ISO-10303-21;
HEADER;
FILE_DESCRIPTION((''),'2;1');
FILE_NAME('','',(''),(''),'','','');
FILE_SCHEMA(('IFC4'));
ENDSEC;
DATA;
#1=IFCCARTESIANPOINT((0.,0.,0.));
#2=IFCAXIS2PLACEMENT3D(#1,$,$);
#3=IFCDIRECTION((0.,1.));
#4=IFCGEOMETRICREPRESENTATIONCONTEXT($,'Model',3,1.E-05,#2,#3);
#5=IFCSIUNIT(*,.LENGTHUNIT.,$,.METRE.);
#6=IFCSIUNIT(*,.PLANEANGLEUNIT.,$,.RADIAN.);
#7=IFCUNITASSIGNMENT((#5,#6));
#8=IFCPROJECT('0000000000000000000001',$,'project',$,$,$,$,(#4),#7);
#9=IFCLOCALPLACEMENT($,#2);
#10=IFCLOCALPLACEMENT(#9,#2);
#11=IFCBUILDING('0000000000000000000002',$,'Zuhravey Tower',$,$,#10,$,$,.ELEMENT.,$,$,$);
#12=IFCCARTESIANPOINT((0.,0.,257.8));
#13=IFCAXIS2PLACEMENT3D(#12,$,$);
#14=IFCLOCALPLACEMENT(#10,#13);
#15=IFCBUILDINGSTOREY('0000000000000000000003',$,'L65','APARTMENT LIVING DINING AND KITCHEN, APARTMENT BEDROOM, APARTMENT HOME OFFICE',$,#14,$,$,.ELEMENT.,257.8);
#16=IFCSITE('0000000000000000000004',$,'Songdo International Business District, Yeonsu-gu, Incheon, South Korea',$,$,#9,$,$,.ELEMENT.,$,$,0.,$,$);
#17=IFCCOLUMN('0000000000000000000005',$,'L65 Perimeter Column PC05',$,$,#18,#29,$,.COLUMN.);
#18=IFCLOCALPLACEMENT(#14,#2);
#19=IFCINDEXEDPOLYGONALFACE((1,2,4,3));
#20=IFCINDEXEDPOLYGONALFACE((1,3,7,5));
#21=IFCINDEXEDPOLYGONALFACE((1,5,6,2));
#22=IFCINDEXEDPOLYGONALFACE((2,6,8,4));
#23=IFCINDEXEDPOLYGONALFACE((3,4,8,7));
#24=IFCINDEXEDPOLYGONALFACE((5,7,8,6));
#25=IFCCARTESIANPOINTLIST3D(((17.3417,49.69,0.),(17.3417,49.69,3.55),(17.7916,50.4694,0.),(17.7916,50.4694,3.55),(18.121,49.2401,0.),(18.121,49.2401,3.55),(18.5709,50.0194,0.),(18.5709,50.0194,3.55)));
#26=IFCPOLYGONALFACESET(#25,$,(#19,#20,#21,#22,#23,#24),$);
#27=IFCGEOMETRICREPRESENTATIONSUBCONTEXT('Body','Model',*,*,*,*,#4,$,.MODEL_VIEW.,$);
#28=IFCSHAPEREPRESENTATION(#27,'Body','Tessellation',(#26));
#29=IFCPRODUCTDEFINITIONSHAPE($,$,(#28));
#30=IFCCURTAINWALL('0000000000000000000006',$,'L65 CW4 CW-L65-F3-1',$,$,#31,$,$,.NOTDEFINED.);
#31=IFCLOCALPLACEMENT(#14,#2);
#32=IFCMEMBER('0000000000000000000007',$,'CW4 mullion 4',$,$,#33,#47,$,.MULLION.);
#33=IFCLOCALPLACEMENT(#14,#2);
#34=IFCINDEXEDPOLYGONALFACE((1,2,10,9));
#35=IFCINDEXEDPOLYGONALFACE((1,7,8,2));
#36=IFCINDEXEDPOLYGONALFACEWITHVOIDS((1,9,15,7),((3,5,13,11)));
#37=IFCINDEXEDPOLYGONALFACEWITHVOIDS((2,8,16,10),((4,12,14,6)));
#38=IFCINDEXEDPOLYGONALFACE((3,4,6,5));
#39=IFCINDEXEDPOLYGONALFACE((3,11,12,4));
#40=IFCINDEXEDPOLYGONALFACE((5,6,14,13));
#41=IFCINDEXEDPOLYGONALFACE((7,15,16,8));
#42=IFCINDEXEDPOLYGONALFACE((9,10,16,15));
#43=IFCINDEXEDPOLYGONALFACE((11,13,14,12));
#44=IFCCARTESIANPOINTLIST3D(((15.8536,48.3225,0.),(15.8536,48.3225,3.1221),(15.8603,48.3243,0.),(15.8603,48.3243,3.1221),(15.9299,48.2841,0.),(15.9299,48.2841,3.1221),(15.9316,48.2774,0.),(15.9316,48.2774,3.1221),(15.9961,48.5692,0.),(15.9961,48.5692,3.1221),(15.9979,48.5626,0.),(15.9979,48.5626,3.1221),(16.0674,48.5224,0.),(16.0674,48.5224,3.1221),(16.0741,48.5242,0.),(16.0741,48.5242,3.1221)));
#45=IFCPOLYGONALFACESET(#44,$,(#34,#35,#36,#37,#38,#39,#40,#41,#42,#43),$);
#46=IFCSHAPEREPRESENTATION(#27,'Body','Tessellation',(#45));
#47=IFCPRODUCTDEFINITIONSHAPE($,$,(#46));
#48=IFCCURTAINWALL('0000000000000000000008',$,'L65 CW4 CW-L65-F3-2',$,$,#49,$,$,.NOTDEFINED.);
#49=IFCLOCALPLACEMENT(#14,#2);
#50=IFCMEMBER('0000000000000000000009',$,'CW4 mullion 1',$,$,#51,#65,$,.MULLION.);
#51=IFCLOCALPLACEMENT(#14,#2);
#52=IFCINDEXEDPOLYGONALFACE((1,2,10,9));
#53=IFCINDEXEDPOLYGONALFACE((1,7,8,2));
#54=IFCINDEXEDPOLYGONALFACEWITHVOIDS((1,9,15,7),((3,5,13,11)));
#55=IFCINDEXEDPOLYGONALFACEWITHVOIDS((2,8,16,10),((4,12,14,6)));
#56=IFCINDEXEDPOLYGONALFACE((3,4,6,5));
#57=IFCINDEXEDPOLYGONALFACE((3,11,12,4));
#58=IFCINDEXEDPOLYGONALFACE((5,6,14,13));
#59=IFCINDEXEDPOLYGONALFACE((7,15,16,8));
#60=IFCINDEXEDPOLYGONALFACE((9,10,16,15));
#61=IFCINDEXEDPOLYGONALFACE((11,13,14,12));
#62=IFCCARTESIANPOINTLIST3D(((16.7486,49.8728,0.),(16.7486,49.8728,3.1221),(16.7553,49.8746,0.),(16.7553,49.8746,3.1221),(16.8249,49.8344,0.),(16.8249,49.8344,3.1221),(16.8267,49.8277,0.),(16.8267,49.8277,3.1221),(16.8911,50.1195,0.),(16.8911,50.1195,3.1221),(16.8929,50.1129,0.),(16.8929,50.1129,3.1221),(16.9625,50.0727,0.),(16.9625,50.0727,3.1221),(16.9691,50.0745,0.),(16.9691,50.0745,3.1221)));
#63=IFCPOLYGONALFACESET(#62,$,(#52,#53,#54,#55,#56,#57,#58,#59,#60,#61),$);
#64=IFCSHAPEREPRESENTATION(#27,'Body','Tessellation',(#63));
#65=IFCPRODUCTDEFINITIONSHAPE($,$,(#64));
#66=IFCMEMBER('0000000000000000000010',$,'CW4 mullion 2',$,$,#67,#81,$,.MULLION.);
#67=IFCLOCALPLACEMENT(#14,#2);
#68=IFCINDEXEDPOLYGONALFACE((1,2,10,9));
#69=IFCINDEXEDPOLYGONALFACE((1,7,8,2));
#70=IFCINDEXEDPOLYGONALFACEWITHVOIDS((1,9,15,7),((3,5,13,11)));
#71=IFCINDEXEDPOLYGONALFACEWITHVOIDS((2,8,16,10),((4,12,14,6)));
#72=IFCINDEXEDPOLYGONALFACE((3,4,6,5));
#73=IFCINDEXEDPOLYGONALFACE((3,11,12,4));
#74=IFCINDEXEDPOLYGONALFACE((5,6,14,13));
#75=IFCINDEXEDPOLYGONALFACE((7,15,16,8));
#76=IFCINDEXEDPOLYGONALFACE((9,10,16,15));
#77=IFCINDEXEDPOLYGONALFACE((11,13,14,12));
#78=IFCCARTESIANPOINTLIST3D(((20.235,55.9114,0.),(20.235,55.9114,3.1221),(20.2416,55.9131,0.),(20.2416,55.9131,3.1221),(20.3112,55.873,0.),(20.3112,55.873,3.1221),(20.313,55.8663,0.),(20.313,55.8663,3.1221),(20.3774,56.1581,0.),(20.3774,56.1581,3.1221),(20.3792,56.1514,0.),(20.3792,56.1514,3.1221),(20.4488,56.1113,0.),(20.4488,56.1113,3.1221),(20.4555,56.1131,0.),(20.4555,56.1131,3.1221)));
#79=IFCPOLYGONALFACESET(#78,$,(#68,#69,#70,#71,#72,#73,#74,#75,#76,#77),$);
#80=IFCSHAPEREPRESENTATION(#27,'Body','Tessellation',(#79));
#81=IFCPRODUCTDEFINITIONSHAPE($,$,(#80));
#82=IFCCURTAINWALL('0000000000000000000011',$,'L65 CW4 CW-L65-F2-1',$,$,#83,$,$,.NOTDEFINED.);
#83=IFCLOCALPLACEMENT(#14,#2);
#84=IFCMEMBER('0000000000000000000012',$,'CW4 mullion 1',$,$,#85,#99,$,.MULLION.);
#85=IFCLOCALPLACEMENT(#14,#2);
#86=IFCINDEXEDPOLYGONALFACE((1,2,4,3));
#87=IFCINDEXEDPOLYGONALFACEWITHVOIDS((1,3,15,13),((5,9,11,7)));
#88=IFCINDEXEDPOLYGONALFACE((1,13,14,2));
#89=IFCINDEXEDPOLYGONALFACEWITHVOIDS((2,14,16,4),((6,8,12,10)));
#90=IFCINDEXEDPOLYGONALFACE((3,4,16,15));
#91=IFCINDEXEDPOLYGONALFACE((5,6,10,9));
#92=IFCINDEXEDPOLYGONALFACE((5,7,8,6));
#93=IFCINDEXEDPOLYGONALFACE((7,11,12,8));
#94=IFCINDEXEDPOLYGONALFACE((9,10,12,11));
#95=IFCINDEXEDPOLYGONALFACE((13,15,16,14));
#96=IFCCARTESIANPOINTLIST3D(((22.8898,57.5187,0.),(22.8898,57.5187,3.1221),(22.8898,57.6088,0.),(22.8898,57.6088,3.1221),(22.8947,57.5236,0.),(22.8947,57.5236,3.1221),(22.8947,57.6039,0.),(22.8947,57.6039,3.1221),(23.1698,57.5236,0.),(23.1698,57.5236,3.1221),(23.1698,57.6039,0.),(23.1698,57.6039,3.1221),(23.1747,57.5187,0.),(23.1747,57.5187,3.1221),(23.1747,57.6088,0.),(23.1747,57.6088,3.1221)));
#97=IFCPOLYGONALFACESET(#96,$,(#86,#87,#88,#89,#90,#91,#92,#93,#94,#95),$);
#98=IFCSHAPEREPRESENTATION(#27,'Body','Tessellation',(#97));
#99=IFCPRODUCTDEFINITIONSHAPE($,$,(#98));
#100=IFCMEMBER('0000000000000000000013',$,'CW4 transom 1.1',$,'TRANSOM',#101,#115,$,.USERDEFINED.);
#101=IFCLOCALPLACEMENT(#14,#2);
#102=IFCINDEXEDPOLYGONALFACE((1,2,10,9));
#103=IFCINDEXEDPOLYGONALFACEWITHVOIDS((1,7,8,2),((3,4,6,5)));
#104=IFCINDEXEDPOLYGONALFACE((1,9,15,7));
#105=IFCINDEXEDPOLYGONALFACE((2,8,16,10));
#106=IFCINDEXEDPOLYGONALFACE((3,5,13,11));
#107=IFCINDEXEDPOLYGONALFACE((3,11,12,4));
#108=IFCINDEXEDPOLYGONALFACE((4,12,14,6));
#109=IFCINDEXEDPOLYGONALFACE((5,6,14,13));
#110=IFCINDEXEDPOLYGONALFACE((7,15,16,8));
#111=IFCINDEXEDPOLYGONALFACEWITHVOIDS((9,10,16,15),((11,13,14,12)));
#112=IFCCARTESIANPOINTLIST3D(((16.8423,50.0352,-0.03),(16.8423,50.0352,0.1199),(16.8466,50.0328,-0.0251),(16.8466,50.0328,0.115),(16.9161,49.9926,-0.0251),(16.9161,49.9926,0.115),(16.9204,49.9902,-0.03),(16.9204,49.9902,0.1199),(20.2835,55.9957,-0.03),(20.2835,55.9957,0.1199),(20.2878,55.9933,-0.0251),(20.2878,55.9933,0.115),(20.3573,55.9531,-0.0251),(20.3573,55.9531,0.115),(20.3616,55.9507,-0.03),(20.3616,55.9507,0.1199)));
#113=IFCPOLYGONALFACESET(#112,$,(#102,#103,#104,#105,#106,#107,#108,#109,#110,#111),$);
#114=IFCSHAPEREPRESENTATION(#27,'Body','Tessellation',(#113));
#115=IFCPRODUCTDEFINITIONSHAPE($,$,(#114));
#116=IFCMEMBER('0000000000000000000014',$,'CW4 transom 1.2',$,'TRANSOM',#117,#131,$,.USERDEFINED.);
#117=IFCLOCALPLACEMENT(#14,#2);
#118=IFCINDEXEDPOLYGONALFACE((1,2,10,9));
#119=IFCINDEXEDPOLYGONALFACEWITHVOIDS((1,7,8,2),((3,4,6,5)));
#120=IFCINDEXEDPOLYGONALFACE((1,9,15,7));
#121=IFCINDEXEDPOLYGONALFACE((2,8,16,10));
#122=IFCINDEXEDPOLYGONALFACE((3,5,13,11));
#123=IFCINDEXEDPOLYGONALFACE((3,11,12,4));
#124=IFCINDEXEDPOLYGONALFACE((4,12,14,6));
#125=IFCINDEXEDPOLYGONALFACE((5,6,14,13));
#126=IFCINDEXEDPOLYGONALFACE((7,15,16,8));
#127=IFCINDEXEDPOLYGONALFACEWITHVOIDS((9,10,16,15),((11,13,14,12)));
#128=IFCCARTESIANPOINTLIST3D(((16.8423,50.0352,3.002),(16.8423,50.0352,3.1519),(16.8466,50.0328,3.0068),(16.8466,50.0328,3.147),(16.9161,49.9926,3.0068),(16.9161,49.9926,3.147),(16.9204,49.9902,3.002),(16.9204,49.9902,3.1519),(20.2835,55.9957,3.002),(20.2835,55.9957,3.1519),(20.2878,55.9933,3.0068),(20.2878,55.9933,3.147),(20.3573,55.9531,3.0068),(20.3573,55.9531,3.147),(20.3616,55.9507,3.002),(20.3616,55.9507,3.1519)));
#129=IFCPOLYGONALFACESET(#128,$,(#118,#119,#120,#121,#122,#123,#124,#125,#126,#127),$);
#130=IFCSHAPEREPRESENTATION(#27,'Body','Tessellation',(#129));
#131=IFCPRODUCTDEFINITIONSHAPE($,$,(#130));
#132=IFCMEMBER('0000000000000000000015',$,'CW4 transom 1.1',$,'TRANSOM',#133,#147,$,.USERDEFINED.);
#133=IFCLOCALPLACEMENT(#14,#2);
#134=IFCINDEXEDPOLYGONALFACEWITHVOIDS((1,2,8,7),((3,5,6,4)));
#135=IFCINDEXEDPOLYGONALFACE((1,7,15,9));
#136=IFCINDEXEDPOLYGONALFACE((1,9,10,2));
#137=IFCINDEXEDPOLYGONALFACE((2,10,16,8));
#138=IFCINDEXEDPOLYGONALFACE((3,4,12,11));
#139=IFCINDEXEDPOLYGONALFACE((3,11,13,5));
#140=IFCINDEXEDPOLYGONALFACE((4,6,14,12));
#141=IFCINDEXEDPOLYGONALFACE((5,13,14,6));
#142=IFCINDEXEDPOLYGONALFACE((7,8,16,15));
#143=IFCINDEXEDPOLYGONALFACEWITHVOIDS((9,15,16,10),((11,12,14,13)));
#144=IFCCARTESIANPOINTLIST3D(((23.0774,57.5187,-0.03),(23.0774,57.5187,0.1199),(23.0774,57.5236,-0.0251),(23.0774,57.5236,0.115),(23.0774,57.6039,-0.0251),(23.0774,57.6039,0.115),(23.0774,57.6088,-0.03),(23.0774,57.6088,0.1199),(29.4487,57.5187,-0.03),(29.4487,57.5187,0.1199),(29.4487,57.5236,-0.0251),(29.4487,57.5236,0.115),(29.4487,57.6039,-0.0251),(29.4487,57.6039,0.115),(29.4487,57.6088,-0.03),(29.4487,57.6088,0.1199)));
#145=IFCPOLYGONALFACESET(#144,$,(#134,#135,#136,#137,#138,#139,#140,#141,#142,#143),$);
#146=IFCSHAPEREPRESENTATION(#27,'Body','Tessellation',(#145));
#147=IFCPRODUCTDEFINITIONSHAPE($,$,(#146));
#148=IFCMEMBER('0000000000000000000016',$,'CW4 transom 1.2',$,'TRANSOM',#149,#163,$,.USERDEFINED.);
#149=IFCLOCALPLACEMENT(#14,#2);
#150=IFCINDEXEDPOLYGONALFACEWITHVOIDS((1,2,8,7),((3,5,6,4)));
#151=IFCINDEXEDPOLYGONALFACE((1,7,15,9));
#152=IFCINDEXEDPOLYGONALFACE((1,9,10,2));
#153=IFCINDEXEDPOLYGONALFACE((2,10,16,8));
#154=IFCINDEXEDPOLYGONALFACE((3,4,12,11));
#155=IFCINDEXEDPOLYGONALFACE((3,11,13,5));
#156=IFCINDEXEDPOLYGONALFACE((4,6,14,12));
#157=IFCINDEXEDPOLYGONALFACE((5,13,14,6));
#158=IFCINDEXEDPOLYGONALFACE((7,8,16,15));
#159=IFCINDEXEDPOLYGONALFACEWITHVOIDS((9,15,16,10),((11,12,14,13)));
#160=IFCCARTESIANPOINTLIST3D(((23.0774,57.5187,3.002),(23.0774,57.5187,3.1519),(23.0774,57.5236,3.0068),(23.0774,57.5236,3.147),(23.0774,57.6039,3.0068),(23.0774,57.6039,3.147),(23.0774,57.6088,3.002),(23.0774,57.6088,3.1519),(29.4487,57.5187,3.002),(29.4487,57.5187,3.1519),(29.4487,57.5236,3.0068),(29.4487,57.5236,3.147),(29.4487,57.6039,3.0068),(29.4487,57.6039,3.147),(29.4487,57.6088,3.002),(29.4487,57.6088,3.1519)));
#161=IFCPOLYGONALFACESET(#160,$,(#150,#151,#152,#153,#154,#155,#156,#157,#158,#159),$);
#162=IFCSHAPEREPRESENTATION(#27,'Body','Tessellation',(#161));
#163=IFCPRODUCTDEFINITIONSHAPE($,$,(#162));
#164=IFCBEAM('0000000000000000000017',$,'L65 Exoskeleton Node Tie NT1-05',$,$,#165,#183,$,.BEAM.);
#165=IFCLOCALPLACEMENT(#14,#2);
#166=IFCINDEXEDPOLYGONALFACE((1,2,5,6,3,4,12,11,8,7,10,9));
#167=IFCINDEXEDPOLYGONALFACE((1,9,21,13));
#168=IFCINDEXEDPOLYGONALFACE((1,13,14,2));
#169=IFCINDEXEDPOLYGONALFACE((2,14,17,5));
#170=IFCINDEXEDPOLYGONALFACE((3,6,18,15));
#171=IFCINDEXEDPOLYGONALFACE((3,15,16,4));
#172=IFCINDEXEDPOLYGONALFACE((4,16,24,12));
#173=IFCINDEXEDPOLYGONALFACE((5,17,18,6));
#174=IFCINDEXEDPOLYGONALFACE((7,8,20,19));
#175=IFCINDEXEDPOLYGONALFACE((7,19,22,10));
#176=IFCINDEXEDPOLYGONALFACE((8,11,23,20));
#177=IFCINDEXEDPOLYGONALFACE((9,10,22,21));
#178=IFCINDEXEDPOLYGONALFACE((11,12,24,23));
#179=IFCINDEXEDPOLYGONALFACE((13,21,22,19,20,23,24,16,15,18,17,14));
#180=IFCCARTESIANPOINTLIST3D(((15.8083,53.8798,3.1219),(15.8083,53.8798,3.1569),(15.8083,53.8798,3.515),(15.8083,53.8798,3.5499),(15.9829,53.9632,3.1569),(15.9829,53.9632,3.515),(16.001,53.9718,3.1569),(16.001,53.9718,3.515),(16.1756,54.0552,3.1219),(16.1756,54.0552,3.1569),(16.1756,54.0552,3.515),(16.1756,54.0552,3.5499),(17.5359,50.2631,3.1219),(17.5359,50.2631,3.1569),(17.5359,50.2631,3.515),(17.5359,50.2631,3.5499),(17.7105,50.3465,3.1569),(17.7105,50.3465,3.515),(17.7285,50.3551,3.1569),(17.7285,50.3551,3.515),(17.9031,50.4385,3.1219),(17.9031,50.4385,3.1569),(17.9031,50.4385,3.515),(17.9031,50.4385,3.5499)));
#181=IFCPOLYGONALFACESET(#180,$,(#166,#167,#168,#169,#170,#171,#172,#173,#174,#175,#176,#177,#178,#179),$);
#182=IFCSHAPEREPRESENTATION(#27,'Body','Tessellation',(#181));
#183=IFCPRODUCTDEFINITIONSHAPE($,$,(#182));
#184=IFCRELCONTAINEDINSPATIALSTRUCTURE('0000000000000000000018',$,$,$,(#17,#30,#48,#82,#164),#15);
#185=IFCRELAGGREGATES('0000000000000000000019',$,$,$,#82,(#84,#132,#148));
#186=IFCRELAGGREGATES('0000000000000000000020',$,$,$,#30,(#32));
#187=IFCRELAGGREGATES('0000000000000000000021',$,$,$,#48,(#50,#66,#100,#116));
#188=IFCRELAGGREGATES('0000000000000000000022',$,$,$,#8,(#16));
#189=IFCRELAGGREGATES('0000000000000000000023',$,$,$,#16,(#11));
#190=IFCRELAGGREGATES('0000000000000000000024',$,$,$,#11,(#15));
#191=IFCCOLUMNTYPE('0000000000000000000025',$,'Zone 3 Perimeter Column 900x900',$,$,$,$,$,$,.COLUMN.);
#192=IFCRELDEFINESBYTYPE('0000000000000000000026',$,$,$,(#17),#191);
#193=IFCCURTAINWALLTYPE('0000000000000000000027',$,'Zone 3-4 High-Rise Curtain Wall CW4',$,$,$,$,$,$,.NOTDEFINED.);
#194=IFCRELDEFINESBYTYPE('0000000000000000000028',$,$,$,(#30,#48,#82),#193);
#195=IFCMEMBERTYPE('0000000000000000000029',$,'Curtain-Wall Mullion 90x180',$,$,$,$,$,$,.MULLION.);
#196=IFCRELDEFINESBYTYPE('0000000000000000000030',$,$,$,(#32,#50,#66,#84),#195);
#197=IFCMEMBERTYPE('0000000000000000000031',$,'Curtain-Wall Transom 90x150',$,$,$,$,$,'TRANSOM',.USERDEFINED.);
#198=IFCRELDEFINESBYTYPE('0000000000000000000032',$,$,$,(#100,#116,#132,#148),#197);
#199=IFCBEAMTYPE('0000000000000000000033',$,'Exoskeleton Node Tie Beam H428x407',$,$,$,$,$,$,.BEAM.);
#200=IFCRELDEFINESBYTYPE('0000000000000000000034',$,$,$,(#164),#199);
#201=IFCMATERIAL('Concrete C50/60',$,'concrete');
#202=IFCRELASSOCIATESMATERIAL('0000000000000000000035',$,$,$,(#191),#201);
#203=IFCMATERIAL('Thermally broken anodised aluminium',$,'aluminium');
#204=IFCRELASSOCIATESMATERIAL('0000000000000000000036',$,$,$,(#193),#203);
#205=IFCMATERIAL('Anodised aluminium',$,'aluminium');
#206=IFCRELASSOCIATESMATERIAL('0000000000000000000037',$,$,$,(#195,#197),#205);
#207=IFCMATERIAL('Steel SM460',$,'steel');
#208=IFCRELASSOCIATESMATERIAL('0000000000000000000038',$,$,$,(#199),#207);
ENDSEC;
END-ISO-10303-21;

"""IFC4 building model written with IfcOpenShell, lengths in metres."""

from ifc_helpers import new_model, si_unit, direction, frame, origin, origin_2d, place, context, subcontext, project, spatial, rectangle, hollow_rectangle, i_section, extrude, material, material_profile, profile_set, type_object, element, aggregate, save


model = new_model("IFC4")

# Units and contexts
model_context = context("Model", 3, precision=1e-05, world=origin(), true_north=direction((0.0, 1.0)))
body_context = subcontext(model_context, "Body", "Model", "MODEL_VIEW")
ifc_project = project(units=[si_unit("LENGTHUNIT", "METRE"), si_unit("PLANEANGLEUNIT", "RADIAN")], contexts=[model_context])

# Site, building, storey
site_placement = place(None, origin())
site = spatial("IfcSite", under=ifc_project, at=site_placement, Name="Songdo International Business District, Yeonsu-gu, Incheon, South Korea", CompositionType="ELEMENT", RefElevation=0.0)
building_placement = place(site_placement, origin())
building = spatial("IfcBuilding", under=site, at=building_placement, Name="Zuhravey Tower", CompositionType="ELEMENT")
storey_placement = place(building_placement, frame((0.0, 0.0, 257.8)))
storey = spatial("IfcBuildingStorey", under=building, at=storey_placement, Name="L65", Description="APARTMENT LIVING DINING AND KITCHEN, APARTMENT BEDROOM, APARTMENT HOME OFFICE", CompositionType="ELEMENT", Elevation=257.8)

# Column
ifc_material_1 = material(Name="Concrete C50/60", Category="concrete")
ifc_material_profile_1 = material_profile(ifc_material_1, rectangle(XDim=0.8999, YDim=0.8999, at=origin_2d()), Name="RC-900x900")
ifc_profile_set_1 = profile_set([ifc_material_profile_1], Name="Concrete C50/60")
column_type = type_object("IfcColumnType", Name="Zone 3 Perimeter Column 900x900", PredefinedType="COLUMN", material=ifc_profile_set_1)
column_placement = place(storey_placement, frame((17.9563, 49.8547, 0.0), z_axis=(0.0, 0.0, 1.0), x_axis=(-0.5, -0.866025, 0.0)))
element("IfcColumn", 1, at=column_placement, inside=storey, type_object=column_type, Name="L65 Perimeter Column PC05", PredefinedType="COLUMN", context=body_context, shape_type="SweptSolid", body=[
    extrude(rectangle(XDim=0.8999, YDim=0.8999, at=origin_2d()), origin(), (0.0, 0.0, 1.0), 3.55),
])

# Curtain wall, member
ifc_material_2 = material(Name="Thermally broken anodised aluminium", Category="aluminium")
curtain_wall_type = type_object("IfcCurtainWallType", Name="Zone 3-4 High-Rise Curtain Wall CW4", PredefinedType="NOTDEFINED", material=ifc_material_2)
curtain_wall_1_placement = place(storey_placement, origin())
curtain_wall_1 = element("IfcCurtainWall", 2, at=curtain_wall_1_placement, inside=storey, type_object=curtain_wall_type, Name="L65 CW4 CW-L65-F3-1", PredefinedType="NOTDEFINED")
ifc_material_3 = material(Name="Anodised aluminium", Category="aluminium")
ifc_material_profile_2 = material_profile(ifc_material_3, hollow_rectangle(XDim=0.0901, YDim=0.2849, WallThickness=0.0049, at=origin_2d()), Name="ALU-RHS-90x285x5")
ifc_profile_set_2 = profile_set([ifc_material_profile_2], Name="Anodised aluminium")
member_type_1 = type_object("IfcMemberType", Name="Curtain-Wall Mullion 90x180", PredefinedType="MULLION", material=ifc_profile_set_2)
member_1_placement = place(storey_placement, frame((15.9639, 48.4233, 0.0), z_axis=(0.0, 0.0, 1.0), x_axis=(-0.866024, 0.500003, 0.0)))
member_1 = element("IfcMember", 3, at=member_1_placement, type_object=member_type_1, Name="CW4 mullion 4", PredefinedType="MULLION", context=body_context, shape_type="SweptSolid", body=[
    extrude(hollow_rectangle(XDim=0.0901, YDim=0.2849, WallThickness=0.0049, at=origin_2d()), origin(), (0.0, 0.0, 1.0), 3.1221),
])

# Curtain wall, members
curtain_wall_2_placement = place(storey_placement, origin())
curtain_wall_2 = element("IfcCurtainWall", 4, at=curtain_wall_2_placement, inside=storey, type_object=curtain_wall_type, Name="L65 CW4 CW-L65-F3-2", PredefinedType="NOTDEFINED")
member_2_placement = place(storey_placement, frame((16.8589, 49.9736, 0.0), z_axis=(0.0, 0.0, 1.0), x_axis=(-0.866026, 0.499999, 0.0)))
member_2 = element("IfcMember", 5, at=member_2_placement, type_object=member_type_1, Name="CW4 mullion 1", PredefinedType="MULLION", context=body_context, shape_type="SweptSolid", body=[
    extrude(hollow_rectangle(XDim=0.0901, YDim=0.2849, WallThickness=0.0049, at=origin_2d()), origin(), (0.0, 0.0, 1.0), 3.1221),
])
member_3_placement = place(storey_placement, frame((20.3452, 56.0122, 0.0), z_axis=(0.0, 0.0, 1.0), x_axis=(-0.866026, 0.499999, 0.0)))
member_3 = element("IfcMember", 6, at=member_3_placement, type_object=member_type_1, Name="CW4 mullion 2", PredefinedType="MULLION", context=body_context, shape_type="SweptSolid", body=[
    extrude(hollow_rectangle(XDim=0.0901, YDim=0.2849, WallThickness=0.0049, at=origin_2d()), origin(), (0.0, 0.0, 1.0), 3.1221),
])

# Curtain wall, member
curtain_wall_3_placement = place(storey_placement, origin())
curtain_wall_3 = element("IfcCurtainWall", 7, at=curtain_wall_3_placement, inside=storey, type_object=curtain_wall_type, Name="L65 CW4 CW-L65-F2-1", PredefinedType="NOTDEFINED")
member_4_placement = place(storey_placement, frame((23.0322, 57.5637, 0.0), z_axis=(0.0, 0.0, 1.0), x_axis=(0.0, 1.0, 0.0)))
member_4 = element("IfcMember", 8, at=member_4_placement, type_object=member_type_1, Name="CW4 mullion 1", PredefinedType="MULLION", context=body_context, shape_type="SweptSolid", body=[
    extrude(hollow_rectangle(XDim=0.0901, YDim=0.2849, WallThickness=0.0049, at=origin_2d()), origin(), (0.0, 0.0, 1.0), 3.1221),
])

# Members
ifc_material_profile_3 = material_profile(ifc_material_3, hollow_rectangle(XDim=0.0901, YDim=0.1499, WallThickness=0.0049, at=origin_2d()), Name="ALU-RHS-90x150x5")
ifc_profile_set_3 = profile_set([ifc_material_profile_3], Name="Anodised aluminium")
member_type_2 = type_object("IfcMemberType", Name="Curtain-Wall Transom 90x150", ElementType="TRANSOM", PredefinedType="USERDEFINED", material=ifc_profile_set_3)
member_5_placement = place(storey_placement, frame((16.8813, 50.0127, 0.0449), z_axis=(0.499989, 0.866032, 0.0), x_axis=(-0.866032, 0.499989, 0.0)))
member_5 = element("IfcMember", 9, at=member_5_placement, type_object=member_type_2, Name="CW4 transom 1.1", ObjectType="TRANSOM", PredefinedType="USERDEFINED", context=body_context, shape_type="SweptSolid", body=[
    extrude(hollow_rectangle(XDim=0.0901, YDim=0.1499, WallThickness=0.0049, at=origin_2d()), origin(), (0.0, 0.0, 1.0), 6.8826),
])
member_6_placement = place(storey_placement, frame((16.8813, 50.0127, 3.0769), z_axis=(0.499989, 0.866032, 0.0), x_axis=(-0.866032, 0.499989, 0.0)))
member_6 = element("IfcMember", 10, at=member_6_placement, type_object=member_type_2, Name="CW4 transom 1.2", ObjectType="TRANSOM", PredefinedType="USERDEFINED", context=body_context, shape_type="SweptSolid", body=[
    extrude(hollow_rectangle(XDim=0.0901, YDim=0.1499, WallThickness=0.0049, at=origin_2d()), origin(), (0.0, 0.0, 1.0), 6.8826),
])
member_7_placement = place(storey_placement, frame((23.0774, 57.5637, 0.0449), z_axis=(1.0, 0.0, 0.0), x_axis=(0.0, 1.0, 0.0)))
member_7 = element("IfcMember", 11, at=member_7_placement, type_object=member_type_2, Name="CW4 transom 1.1", ObjectType="TRANSOM", PredefinedType="USERDEFINED", context=body_context, shape_type="SweptSolid", body=[
    extrude(hollow_rectangle(XDim=0.0901, YDim=0.1499, WallThickness=0.0049, at=origin_2d()), origin(), (0.0, 0.0, 1.0), 6.3713),
])
member_8_placement = place(storey_placement, frame((23.0774, 57.5637, 3.0769), z_axis=(1.0, 0.0, 0.0), x_axis=(0.0, 1.0, 0.0)))
member_8 = element("IfcMember", 12, at=member_8_placement, type_object=member_type_2, Name="CW4 transom 1.2", ObjectType="TRANSOM", PredefinedType="USERDEFINED", context=body_context, shape_type="SweptSolid", body=[
    extrude(hollow_rectangle(XDim=0.0901, YDim=0.1499, WallThickness=0.0049, at=origin_2d()), origin(), (0.0, 0.0, 1.0), 6.3713),
])
aggregate(curtain_wall_3, [member_4, member_7, member_8])

# Beam
ifc_material_4 = material(Name="Steel SM460", Category="steel")
ifc_material_profile_4 = material_profile(ifc_material_4, i_section(OverallWidth=0.407, OverallDepth=0.428, WebThickness=0.02, FlangeThickness=0.0349, at=origin_2d()), Name="H-428x407x20x35")
ifc_profile_set_4 = profile_set([ifc_material_profile_4], Name="Steel SM460")
beam_type_1 = type_object("IfcBeamType", Name="Exoskeleton Node Tie Beam H428x407", PredefinedType="BEAM", material=ifc_profile_set_4)
beam_1_placement = place(storey_placement, frame((17.7195, 50.3508, 3.3359), z_axis=(-0.431011, 0.902346, 0.0), x_axis=(-0.902346, -0.431011, 0.0)))
element("IfcBeam", 13, at=beam_1_placement, inside=storey, type_object=beam_type_1, Name="L65 Exoskeleton Node Tie NT1-05", PredefinedType="BEAM", context=body_context, shape_type="SweptSolid", body=[
    extrude(i_section(OverallWidth=0.407, OverallDepth=0.428, WebThickness=0.02, FlangeThickness=0.0349, at=origin_2d()), origin(), (0.0, 0.0, 1.0), 4.0081),
])

aggregate(curtain_wall_1, [member_1])
aggregate(curtain_wall_2, [member_2, member_3, member_5, member_6])

save(model, "model.ifc")
